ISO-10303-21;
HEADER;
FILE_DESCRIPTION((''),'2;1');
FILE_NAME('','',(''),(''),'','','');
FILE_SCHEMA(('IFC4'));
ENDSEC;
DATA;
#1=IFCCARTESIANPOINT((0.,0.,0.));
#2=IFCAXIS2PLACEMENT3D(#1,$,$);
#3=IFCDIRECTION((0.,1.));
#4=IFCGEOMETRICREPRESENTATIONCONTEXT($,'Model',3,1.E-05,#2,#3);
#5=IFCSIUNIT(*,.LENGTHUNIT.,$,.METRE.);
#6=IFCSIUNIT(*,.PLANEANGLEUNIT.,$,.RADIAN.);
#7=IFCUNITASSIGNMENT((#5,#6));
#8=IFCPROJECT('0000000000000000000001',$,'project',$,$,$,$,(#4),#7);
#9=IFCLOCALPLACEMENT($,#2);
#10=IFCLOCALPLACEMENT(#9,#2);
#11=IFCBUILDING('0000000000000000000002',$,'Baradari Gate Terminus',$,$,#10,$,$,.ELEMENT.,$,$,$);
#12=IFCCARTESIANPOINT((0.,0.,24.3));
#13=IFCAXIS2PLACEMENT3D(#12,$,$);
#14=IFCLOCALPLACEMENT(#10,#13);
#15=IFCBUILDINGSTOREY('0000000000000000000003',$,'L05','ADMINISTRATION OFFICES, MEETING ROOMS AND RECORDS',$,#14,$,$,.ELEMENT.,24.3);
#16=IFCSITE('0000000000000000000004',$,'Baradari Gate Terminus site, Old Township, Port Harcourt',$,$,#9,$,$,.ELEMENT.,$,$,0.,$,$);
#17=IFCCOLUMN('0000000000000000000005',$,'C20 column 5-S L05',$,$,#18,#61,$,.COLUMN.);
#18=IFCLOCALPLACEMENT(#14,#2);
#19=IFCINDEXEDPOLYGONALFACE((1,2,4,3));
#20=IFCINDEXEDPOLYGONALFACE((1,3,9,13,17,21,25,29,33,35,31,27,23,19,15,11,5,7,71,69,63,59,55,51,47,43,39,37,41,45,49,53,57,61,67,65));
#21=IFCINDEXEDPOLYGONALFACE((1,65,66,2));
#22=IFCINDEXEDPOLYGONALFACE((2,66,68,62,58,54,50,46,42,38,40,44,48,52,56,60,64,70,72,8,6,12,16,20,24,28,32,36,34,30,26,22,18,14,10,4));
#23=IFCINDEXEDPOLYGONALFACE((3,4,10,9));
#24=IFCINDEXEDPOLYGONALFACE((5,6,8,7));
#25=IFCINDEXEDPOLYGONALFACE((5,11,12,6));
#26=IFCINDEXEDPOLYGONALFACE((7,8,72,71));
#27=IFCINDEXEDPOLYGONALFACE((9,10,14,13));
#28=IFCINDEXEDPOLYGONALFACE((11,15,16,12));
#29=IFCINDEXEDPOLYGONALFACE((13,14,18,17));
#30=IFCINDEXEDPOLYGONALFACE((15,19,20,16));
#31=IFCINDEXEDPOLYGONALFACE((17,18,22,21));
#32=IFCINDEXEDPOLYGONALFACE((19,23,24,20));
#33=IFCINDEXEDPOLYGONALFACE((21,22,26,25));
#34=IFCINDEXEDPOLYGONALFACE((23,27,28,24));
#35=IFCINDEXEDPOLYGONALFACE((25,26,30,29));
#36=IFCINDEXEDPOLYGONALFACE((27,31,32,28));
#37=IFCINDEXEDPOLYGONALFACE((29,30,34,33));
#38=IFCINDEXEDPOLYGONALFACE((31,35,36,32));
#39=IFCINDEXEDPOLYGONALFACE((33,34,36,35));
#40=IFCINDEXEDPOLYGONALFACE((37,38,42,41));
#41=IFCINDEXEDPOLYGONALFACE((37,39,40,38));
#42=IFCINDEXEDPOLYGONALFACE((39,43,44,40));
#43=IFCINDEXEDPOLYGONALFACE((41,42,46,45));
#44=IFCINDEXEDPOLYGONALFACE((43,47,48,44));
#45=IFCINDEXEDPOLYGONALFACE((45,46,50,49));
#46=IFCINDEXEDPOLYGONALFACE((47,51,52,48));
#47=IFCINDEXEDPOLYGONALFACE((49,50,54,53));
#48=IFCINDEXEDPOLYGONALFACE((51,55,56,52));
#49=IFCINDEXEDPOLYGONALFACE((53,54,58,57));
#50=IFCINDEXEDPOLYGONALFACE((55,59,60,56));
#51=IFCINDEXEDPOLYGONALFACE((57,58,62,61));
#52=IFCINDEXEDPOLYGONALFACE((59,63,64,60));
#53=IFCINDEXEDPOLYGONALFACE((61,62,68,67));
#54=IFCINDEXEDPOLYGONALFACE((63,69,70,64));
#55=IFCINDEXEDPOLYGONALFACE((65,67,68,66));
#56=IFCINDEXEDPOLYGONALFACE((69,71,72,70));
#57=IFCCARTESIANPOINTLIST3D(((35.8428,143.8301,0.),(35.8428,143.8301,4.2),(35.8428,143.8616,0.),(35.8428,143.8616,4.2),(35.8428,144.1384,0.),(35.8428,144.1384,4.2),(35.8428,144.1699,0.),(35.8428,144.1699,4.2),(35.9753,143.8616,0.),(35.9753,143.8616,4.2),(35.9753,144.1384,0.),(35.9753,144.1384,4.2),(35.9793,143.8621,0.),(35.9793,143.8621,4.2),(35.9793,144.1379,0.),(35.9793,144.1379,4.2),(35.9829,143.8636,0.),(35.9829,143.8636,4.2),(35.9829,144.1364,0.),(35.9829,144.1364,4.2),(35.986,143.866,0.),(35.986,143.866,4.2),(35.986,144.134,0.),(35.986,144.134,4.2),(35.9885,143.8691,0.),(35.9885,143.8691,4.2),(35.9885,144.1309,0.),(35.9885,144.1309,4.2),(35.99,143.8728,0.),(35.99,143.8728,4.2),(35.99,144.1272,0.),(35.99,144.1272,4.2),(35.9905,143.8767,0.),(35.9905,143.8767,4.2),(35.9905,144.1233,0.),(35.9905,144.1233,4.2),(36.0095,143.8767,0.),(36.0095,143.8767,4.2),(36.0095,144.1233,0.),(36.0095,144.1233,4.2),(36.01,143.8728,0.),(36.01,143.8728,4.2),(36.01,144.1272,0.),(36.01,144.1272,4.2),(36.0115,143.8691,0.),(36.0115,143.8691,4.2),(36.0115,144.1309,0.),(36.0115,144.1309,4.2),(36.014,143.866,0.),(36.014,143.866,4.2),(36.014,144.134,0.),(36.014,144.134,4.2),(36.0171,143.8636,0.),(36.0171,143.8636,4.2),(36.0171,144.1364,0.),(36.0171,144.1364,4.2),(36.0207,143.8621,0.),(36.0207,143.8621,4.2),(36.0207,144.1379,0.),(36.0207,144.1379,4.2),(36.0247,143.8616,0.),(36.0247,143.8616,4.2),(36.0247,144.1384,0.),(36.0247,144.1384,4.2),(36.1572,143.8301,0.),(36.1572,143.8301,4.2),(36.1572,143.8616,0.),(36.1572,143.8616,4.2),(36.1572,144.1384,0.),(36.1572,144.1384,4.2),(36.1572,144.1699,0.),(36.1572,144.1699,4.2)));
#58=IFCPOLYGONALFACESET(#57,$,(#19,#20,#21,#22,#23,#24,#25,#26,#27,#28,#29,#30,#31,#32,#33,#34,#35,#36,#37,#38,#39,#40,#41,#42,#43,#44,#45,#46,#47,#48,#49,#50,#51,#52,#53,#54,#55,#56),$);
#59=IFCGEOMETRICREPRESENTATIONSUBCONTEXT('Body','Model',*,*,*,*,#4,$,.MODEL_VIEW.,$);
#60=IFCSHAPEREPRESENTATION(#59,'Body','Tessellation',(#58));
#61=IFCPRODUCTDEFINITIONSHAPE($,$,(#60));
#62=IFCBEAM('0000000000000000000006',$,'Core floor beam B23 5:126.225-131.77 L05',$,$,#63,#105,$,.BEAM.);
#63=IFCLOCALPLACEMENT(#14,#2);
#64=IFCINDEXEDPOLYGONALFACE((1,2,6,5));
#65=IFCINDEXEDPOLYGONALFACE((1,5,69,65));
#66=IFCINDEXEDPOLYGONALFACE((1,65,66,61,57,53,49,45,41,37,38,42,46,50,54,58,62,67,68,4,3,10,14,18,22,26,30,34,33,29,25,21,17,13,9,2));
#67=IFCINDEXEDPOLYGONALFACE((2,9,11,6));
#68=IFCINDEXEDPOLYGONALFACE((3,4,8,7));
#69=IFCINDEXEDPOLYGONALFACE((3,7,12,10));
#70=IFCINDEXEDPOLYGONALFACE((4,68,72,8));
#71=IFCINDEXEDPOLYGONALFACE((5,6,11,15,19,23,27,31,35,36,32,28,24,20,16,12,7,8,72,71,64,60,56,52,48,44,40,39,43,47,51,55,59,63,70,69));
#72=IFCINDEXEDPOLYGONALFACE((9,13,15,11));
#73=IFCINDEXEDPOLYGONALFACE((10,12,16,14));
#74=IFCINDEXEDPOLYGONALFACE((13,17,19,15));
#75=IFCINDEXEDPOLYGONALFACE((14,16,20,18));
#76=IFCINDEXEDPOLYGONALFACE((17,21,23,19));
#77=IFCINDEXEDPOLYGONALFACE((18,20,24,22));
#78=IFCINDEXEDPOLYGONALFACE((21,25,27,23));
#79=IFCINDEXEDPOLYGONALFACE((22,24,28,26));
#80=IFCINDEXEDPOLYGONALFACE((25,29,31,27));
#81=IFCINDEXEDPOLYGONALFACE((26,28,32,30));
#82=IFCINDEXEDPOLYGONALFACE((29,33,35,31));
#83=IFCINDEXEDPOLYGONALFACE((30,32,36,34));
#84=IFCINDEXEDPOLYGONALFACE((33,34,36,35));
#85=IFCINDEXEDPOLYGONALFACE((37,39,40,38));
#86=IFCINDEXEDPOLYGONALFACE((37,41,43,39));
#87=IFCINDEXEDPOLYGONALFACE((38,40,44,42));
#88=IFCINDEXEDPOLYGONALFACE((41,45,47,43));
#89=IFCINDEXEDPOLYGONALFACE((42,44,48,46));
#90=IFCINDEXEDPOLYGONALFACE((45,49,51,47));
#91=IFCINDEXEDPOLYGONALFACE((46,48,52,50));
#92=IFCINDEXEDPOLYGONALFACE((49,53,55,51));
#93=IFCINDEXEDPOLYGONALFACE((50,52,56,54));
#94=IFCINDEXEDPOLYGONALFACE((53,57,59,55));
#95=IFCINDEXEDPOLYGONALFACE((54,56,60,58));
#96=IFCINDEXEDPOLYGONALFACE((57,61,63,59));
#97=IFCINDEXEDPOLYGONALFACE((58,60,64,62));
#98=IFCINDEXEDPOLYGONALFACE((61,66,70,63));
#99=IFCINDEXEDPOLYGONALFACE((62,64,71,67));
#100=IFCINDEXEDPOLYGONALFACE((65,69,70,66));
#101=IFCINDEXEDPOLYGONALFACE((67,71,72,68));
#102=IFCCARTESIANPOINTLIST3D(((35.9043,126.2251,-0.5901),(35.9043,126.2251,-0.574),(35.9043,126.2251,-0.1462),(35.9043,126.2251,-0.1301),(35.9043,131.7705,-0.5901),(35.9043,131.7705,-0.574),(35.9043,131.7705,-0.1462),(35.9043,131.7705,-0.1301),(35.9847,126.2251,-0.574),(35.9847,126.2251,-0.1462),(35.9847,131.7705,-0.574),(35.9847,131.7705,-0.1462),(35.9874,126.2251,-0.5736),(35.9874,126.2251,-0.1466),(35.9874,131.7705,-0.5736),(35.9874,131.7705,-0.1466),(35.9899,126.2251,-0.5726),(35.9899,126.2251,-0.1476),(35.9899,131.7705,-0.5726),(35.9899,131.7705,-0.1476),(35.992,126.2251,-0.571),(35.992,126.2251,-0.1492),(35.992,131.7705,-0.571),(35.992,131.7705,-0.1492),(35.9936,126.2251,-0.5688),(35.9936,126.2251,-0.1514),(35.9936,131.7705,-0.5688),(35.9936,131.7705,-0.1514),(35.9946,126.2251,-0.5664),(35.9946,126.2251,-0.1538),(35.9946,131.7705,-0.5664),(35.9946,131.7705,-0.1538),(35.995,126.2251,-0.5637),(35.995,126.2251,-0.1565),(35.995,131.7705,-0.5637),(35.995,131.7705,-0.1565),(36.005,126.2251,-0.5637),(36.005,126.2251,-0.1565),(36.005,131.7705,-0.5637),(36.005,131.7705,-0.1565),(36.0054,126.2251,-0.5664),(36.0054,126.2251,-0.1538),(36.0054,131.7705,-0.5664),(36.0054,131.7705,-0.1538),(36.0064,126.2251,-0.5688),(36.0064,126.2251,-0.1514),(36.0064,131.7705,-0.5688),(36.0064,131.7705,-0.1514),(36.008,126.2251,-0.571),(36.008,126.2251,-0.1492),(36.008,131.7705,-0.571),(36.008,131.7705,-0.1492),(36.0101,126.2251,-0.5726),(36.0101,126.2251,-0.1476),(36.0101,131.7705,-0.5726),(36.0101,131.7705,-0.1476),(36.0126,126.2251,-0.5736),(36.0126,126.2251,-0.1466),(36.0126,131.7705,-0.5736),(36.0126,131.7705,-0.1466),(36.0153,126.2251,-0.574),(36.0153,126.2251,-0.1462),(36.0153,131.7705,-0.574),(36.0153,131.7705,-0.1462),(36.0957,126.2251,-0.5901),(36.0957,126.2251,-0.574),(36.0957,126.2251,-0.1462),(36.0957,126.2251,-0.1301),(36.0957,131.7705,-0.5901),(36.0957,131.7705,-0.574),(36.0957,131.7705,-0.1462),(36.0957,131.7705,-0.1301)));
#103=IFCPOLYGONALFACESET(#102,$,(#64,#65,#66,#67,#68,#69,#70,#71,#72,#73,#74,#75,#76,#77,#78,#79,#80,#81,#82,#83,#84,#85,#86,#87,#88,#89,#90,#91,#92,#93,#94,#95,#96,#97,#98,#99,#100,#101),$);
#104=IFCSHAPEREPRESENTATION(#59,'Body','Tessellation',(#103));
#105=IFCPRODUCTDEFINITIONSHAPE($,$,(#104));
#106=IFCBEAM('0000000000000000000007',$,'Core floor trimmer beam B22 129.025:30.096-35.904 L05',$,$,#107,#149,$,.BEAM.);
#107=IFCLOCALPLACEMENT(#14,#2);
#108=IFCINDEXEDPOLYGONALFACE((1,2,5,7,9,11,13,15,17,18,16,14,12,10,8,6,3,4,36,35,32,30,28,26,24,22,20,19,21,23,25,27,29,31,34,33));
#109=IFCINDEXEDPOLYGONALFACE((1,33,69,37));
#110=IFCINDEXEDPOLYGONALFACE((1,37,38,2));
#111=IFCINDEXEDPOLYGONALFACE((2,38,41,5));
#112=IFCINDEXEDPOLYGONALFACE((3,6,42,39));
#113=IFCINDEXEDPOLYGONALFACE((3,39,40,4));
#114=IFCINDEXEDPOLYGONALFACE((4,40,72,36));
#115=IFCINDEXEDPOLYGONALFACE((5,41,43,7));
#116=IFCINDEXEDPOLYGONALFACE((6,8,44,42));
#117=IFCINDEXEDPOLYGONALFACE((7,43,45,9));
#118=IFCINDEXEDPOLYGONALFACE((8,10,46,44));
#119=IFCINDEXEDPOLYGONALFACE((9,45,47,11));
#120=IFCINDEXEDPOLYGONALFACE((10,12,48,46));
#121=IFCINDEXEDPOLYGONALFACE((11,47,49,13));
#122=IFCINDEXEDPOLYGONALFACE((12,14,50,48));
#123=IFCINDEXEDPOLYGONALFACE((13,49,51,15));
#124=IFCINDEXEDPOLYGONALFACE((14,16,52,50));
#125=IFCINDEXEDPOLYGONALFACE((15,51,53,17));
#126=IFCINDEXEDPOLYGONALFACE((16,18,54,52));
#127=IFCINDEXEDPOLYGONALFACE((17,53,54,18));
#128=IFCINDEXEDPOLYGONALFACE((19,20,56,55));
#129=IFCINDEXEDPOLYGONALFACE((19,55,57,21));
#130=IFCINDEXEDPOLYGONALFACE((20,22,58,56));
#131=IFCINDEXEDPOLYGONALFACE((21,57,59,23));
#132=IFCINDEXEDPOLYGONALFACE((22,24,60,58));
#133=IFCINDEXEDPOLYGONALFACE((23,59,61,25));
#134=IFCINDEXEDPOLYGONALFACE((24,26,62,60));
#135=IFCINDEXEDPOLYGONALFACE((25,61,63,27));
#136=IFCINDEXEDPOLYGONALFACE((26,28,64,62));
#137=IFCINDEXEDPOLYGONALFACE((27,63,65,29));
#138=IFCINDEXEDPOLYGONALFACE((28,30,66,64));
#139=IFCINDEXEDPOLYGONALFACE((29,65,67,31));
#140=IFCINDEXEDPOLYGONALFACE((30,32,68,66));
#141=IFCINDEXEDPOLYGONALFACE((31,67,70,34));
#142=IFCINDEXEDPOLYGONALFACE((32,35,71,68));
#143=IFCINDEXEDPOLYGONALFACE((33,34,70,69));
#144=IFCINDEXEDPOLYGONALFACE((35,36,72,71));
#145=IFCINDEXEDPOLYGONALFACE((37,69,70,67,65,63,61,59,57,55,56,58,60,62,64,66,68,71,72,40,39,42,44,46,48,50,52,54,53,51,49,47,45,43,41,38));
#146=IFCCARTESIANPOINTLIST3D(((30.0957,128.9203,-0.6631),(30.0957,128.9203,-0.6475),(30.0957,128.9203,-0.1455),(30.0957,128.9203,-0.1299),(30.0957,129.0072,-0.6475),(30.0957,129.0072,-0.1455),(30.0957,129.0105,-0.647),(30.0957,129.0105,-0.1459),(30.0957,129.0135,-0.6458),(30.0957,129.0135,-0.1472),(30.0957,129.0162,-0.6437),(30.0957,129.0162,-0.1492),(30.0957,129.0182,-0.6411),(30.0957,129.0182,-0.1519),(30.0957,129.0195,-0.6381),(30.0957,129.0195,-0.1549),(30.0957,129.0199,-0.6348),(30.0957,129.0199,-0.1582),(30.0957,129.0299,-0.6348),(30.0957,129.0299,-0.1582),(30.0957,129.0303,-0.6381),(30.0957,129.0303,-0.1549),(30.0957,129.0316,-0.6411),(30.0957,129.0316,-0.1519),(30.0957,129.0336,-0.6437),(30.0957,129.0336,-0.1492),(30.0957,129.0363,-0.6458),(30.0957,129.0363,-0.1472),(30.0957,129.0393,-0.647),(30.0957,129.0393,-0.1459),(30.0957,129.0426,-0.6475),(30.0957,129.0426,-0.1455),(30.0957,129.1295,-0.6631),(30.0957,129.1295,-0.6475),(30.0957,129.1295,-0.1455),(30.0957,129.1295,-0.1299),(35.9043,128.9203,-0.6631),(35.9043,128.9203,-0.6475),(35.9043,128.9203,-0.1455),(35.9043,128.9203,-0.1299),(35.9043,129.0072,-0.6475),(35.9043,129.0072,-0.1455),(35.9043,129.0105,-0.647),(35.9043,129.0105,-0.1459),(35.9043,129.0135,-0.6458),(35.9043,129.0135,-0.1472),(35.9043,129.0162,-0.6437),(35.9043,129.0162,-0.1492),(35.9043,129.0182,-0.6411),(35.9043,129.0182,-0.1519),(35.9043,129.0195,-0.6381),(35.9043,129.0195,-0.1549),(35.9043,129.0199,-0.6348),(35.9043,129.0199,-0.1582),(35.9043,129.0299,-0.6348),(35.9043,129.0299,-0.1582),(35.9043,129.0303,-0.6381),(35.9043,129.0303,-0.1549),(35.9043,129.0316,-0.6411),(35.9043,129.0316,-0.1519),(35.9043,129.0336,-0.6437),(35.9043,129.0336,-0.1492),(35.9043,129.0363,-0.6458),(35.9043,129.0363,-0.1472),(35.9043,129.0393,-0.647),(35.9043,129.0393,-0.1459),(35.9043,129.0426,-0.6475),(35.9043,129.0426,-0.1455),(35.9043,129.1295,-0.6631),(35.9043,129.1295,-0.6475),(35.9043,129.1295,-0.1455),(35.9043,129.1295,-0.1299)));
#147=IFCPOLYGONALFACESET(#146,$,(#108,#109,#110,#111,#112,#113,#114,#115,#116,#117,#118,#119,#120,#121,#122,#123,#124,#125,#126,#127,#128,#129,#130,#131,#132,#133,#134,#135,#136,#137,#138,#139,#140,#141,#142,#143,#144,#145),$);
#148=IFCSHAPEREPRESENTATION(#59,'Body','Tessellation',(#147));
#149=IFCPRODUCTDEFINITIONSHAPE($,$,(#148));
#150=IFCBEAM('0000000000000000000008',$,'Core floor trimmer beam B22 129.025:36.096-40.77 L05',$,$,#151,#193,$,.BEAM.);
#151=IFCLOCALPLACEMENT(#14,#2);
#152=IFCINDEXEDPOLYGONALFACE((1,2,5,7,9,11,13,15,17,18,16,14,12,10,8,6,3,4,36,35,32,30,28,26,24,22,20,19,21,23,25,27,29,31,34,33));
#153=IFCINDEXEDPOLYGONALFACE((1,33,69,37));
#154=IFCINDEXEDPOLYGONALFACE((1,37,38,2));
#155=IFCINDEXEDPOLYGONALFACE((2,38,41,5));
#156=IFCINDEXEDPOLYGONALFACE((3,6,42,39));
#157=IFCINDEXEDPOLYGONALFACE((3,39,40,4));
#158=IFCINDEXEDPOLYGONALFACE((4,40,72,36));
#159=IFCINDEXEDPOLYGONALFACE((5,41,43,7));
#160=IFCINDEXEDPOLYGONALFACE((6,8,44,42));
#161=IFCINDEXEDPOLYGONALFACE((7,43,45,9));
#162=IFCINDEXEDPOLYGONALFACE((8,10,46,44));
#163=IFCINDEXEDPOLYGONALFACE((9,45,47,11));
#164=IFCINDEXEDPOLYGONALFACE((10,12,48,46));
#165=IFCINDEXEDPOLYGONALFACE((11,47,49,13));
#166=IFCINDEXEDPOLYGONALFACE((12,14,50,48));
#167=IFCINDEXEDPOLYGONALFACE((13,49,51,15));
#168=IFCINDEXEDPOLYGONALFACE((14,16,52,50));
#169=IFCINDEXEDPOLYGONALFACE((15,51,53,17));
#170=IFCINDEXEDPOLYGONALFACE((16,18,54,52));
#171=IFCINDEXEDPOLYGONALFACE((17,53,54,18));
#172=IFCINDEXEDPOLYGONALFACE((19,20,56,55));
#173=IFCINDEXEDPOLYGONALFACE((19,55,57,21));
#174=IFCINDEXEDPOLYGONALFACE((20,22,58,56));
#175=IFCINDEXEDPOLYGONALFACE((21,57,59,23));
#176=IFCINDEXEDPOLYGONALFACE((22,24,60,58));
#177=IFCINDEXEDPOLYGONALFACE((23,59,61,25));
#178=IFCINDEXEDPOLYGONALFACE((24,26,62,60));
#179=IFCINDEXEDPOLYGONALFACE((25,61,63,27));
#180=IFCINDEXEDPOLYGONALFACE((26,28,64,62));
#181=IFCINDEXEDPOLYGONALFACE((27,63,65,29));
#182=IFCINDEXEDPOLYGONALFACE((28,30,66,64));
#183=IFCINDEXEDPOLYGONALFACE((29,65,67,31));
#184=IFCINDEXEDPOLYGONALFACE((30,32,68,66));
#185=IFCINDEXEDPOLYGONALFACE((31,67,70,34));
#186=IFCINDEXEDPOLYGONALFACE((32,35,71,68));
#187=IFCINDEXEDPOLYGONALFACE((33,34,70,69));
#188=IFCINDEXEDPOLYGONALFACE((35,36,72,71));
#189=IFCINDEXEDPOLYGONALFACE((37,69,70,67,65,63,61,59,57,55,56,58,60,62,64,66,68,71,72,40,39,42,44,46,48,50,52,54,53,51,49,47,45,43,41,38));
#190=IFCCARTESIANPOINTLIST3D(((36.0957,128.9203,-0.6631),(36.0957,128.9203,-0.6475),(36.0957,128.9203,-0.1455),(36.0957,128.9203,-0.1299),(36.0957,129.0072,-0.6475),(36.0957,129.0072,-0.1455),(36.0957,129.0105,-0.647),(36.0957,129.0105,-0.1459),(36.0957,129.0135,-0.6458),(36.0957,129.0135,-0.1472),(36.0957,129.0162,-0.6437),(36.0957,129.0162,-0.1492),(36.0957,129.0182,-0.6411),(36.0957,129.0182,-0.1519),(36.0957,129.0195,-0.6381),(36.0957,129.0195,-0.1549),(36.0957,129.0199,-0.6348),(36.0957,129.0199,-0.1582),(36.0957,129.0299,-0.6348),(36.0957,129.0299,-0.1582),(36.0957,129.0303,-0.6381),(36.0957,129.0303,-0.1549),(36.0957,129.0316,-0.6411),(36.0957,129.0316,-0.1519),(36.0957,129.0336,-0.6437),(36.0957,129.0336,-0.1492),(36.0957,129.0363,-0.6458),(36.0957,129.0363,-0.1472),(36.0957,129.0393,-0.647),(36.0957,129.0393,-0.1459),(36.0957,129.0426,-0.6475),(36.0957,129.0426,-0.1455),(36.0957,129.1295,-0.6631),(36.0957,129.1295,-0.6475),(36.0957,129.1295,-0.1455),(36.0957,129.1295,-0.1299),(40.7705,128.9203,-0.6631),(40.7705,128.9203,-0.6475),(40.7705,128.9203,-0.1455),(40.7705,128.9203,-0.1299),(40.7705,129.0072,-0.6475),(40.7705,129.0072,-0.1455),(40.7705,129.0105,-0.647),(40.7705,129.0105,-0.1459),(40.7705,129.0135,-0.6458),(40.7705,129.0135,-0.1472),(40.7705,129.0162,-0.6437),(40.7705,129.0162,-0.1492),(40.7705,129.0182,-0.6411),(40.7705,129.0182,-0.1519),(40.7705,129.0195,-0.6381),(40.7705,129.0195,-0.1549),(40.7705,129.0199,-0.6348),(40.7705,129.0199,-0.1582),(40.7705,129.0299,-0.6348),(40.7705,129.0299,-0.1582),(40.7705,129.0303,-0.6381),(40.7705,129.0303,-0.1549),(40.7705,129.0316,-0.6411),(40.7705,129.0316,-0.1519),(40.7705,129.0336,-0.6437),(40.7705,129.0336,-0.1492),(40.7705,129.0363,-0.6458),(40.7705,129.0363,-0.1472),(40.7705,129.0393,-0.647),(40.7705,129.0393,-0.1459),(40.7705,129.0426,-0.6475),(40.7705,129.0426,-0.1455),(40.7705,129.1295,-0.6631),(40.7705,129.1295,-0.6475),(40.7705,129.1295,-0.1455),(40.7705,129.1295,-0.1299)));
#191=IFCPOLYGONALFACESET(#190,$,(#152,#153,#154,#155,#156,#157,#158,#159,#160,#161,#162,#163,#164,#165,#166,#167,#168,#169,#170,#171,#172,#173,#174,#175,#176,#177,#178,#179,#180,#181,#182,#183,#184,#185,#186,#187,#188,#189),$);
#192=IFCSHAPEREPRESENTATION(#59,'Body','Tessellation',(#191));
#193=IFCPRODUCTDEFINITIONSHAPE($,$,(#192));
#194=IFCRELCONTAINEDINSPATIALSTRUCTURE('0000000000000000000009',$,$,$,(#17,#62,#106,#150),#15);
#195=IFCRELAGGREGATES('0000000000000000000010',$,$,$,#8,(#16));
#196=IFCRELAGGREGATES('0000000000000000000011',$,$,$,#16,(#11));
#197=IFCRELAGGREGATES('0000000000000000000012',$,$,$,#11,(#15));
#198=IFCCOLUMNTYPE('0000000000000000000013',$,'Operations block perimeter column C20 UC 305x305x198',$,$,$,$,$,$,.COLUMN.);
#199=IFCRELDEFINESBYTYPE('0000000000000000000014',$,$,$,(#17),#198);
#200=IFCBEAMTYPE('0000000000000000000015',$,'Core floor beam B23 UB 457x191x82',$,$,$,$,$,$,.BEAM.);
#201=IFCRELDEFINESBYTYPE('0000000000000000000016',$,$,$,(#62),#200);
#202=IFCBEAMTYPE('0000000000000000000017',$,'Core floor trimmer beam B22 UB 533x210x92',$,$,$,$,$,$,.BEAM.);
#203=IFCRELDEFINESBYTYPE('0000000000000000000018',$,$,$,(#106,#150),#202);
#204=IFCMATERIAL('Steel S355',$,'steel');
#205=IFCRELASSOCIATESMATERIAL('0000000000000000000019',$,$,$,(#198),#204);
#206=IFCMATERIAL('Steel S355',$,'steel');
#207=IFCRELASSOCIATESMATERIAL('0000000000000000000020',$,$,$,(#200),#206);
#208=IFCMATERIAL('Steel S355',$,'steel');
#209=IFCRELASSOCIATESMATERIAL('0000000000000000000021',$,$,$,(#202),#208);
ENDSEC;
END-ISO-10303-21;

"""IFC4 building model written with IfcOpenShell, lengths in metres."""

from ifc_helpers import new_model, si_unit, direction, frame, origin, origin_2d, place, context, subcontext, project, spatial, i_section, extrude, material, material_profile, profile_set, type_object, element, save


model = new_model("IFC4")

# Units and contexts
model_context = context("Model", 3, precision=1e-05, world=origin(), true_north=direction((0.0, 1.0)))
body_context = subcontext(model_context, "Body", "Model", "MODEL_VIEW")
ifc_project = project(units=[si_unit("LENGTHUNIT", "METRE"), si_unit("PLANEANGLEUNIT", "RADIAN")], contexts=[model_context])

# Site, building, storey
site_placement = place(None, origin())
site = spatial("IfcSite", under=ifc_project, at=site_placement, Name="Baradari Gate Terminus site, Old Township, Port Harcourt", CompositionType="ELEMENT", RefElevation=0.0)
building_placement = place(site_placement, origin())
building = spatial("IfcBuilding", under=site, at=building_placement, Name="Baradari Gate Terminus", CompositionType="ELEMENT")
storey_placement = place(building_placement, frame((0.0, 0.0, 24.3)))
storey = spatial("IfcBuildingStorey", under=building, at=storey_placement, Name="L05", Description="ADMINISTRATION OFFICES, MEETING ROOMS AND RECORDS", CompositionType="ELEMENT", Elevation=24.3)

# Column
ifc_material_1 = material(Name="Steel S355", Category="steel")
ifc_material_profile_1 = material_profile(ifc_material_1, i_section(OverallWidth=0.3145, OverallDepth=0.3398, WebThickness=0.019, FlangeThickness=0.0315, FilletRadius=0.0151, at=origin_2d()), Name="UC 305x305x198")
ifc_profile_set_1 = profile_set([ifc_material_profile_1], Name="Steel S355")
column_type = type_object("IfcColumnType", Name="Operations block perimeter column C20 UC 305x305x198", PredefinedType="COLUMN", material=ifc_profile_set_1)
column_placement = place(storey_placement, frame((36.0, 144.0, 0.0), z_axis=(0.0, 0.0, 1.0), x_axis=(1.0, 0.0, 0.0)))
element("IfcColumn", 1, at=column_placement, inside=storey, type_object=column_type, Name="C20 column 5-S L05", PredefinedType="COLUMN", context=body_context, shape_type="SweptSolid", body=[
    extrude(i_section(OverallWidth=0.3145, OverallDepth=0.3398, WebThickness=0.019, FlangeThickness=0.0315, FilletRadius=0.0151, at=origin_2d()), origin(), (0.0, 0.0, 1.0), 4.2),
])

# Beams
ifc_material_2 = material(Name="Steel S355", Category="steel")
ifc_material_profile_2 = material_profile(ifc_material_2, i_section(OverallWidth=0.1914, OverallDepth=0.46, WebThickness=0.01, FlangeThickness=0.0161, FilletRadius=0.0103, at=origin_2d()), Name="UB 457x191x82")
ifc_profile_set_2 = profile_set([ifc_material_profile_2], Name="Steel S355")
beam_type_1 = type_object("IfcBeamType", Name="Core floor beam B23 UB 457x191x82", PredefinedType="BEAM", material=ifc_profile_set_2)
beam_1_placement = place(storey_placement, frame((36.0, 126.2251, -0.3601), z_axis=(0.0, 1.0, 0.0), x_axis=(-1.0, 0.0, 0.0)))
element("IfcBeam", 2, at=beam_1_placement, inside=storey, type_object=beam_type_1, Name="Core floor beam B23 5:126.225-131.77 L05", PredefinedType="BEAM", context=body_context, shape_type="SweptSolid", body=[
    extrude(i_section(OverallWidth=0.1914, OverallDepth=0.46, WebThickness=0.01, FlangeThickness=0.0161, FilletRadius=0.0103, at=origin_2d()), origin(), (0.0, 0.0, 1.0), 5.5454),
])
ifc_material_3 = material(Name="Steel S355", Category="steel")
ifc_material_profile_3 = material_profile(ifc_material_3, i_section(OverallWidth=0.2092, OverallDepth=0.5332, WebThickness=0.01, FlangeThickness=0.0156, FilletRadius=0.0127, at=origin_2d()), Name="UB 533x210x92")
ifc_profile_set_3 = profile_set([ifc_material_profile_3], Name="Steel S355")
beam_type_2 = type_object("IfcBeamType", Name="Core floor trimmer beam B22 UB 533x210x92", PredefinedType="BEAM", material=ifc_profile_set_3)
beam_2_placement = place(storey_placement, frame((30.0957, 129.0249, -0.3965), z_axis=(1.0, 0.0, 0.0), x_axis=(0.0, 1.0, 0.0)))
element("IfcBeam", 3, at=beam_2_placement, inside=storey, type_object=beam_type_2, Name="Core floor trimmer beam B22 129.025:30.096-35.904 L05", PredefinedType="BEAM", context=body_context, shape_type="SweptSolid", body=[
    extrude(i_section(OverallWidth=0.2092, OverallDepth=0.5332, WebThickness=0.01, FlangeThickness=0.0156, FilletRadius=0.0127, at=origin_2d()), origin(), (0.0, 0.0, 1.0), 5.8086),
])
beam_3_placement = place(storey_placement, frame((36.0957, 129.0249, -0.3965), z_axis=(1.0, 0.0, 0.0), x_axis=(0.0, 1.0, 0.0)))
element("IfcBeam", 4, at=beam_3_placement, inside=storey, type_object=beam_type_2, Name="Core floor trimmer beam B22 129.025:36.096-40.77 L05", PredefinedType="BEAM", context=body_context, shape_type="SweptSolid", body=[
    extrude(i_section(OverallWidth=0.2092, OverallDepth=0.5332, WebThickness=0.01, FlangeThickness=0.0156, FilletRadius=0.0127, at=origin_2d()), origin(), (0.0, 0.0, 1.0), 4.6748),
])

save(model, "model.ifc")
